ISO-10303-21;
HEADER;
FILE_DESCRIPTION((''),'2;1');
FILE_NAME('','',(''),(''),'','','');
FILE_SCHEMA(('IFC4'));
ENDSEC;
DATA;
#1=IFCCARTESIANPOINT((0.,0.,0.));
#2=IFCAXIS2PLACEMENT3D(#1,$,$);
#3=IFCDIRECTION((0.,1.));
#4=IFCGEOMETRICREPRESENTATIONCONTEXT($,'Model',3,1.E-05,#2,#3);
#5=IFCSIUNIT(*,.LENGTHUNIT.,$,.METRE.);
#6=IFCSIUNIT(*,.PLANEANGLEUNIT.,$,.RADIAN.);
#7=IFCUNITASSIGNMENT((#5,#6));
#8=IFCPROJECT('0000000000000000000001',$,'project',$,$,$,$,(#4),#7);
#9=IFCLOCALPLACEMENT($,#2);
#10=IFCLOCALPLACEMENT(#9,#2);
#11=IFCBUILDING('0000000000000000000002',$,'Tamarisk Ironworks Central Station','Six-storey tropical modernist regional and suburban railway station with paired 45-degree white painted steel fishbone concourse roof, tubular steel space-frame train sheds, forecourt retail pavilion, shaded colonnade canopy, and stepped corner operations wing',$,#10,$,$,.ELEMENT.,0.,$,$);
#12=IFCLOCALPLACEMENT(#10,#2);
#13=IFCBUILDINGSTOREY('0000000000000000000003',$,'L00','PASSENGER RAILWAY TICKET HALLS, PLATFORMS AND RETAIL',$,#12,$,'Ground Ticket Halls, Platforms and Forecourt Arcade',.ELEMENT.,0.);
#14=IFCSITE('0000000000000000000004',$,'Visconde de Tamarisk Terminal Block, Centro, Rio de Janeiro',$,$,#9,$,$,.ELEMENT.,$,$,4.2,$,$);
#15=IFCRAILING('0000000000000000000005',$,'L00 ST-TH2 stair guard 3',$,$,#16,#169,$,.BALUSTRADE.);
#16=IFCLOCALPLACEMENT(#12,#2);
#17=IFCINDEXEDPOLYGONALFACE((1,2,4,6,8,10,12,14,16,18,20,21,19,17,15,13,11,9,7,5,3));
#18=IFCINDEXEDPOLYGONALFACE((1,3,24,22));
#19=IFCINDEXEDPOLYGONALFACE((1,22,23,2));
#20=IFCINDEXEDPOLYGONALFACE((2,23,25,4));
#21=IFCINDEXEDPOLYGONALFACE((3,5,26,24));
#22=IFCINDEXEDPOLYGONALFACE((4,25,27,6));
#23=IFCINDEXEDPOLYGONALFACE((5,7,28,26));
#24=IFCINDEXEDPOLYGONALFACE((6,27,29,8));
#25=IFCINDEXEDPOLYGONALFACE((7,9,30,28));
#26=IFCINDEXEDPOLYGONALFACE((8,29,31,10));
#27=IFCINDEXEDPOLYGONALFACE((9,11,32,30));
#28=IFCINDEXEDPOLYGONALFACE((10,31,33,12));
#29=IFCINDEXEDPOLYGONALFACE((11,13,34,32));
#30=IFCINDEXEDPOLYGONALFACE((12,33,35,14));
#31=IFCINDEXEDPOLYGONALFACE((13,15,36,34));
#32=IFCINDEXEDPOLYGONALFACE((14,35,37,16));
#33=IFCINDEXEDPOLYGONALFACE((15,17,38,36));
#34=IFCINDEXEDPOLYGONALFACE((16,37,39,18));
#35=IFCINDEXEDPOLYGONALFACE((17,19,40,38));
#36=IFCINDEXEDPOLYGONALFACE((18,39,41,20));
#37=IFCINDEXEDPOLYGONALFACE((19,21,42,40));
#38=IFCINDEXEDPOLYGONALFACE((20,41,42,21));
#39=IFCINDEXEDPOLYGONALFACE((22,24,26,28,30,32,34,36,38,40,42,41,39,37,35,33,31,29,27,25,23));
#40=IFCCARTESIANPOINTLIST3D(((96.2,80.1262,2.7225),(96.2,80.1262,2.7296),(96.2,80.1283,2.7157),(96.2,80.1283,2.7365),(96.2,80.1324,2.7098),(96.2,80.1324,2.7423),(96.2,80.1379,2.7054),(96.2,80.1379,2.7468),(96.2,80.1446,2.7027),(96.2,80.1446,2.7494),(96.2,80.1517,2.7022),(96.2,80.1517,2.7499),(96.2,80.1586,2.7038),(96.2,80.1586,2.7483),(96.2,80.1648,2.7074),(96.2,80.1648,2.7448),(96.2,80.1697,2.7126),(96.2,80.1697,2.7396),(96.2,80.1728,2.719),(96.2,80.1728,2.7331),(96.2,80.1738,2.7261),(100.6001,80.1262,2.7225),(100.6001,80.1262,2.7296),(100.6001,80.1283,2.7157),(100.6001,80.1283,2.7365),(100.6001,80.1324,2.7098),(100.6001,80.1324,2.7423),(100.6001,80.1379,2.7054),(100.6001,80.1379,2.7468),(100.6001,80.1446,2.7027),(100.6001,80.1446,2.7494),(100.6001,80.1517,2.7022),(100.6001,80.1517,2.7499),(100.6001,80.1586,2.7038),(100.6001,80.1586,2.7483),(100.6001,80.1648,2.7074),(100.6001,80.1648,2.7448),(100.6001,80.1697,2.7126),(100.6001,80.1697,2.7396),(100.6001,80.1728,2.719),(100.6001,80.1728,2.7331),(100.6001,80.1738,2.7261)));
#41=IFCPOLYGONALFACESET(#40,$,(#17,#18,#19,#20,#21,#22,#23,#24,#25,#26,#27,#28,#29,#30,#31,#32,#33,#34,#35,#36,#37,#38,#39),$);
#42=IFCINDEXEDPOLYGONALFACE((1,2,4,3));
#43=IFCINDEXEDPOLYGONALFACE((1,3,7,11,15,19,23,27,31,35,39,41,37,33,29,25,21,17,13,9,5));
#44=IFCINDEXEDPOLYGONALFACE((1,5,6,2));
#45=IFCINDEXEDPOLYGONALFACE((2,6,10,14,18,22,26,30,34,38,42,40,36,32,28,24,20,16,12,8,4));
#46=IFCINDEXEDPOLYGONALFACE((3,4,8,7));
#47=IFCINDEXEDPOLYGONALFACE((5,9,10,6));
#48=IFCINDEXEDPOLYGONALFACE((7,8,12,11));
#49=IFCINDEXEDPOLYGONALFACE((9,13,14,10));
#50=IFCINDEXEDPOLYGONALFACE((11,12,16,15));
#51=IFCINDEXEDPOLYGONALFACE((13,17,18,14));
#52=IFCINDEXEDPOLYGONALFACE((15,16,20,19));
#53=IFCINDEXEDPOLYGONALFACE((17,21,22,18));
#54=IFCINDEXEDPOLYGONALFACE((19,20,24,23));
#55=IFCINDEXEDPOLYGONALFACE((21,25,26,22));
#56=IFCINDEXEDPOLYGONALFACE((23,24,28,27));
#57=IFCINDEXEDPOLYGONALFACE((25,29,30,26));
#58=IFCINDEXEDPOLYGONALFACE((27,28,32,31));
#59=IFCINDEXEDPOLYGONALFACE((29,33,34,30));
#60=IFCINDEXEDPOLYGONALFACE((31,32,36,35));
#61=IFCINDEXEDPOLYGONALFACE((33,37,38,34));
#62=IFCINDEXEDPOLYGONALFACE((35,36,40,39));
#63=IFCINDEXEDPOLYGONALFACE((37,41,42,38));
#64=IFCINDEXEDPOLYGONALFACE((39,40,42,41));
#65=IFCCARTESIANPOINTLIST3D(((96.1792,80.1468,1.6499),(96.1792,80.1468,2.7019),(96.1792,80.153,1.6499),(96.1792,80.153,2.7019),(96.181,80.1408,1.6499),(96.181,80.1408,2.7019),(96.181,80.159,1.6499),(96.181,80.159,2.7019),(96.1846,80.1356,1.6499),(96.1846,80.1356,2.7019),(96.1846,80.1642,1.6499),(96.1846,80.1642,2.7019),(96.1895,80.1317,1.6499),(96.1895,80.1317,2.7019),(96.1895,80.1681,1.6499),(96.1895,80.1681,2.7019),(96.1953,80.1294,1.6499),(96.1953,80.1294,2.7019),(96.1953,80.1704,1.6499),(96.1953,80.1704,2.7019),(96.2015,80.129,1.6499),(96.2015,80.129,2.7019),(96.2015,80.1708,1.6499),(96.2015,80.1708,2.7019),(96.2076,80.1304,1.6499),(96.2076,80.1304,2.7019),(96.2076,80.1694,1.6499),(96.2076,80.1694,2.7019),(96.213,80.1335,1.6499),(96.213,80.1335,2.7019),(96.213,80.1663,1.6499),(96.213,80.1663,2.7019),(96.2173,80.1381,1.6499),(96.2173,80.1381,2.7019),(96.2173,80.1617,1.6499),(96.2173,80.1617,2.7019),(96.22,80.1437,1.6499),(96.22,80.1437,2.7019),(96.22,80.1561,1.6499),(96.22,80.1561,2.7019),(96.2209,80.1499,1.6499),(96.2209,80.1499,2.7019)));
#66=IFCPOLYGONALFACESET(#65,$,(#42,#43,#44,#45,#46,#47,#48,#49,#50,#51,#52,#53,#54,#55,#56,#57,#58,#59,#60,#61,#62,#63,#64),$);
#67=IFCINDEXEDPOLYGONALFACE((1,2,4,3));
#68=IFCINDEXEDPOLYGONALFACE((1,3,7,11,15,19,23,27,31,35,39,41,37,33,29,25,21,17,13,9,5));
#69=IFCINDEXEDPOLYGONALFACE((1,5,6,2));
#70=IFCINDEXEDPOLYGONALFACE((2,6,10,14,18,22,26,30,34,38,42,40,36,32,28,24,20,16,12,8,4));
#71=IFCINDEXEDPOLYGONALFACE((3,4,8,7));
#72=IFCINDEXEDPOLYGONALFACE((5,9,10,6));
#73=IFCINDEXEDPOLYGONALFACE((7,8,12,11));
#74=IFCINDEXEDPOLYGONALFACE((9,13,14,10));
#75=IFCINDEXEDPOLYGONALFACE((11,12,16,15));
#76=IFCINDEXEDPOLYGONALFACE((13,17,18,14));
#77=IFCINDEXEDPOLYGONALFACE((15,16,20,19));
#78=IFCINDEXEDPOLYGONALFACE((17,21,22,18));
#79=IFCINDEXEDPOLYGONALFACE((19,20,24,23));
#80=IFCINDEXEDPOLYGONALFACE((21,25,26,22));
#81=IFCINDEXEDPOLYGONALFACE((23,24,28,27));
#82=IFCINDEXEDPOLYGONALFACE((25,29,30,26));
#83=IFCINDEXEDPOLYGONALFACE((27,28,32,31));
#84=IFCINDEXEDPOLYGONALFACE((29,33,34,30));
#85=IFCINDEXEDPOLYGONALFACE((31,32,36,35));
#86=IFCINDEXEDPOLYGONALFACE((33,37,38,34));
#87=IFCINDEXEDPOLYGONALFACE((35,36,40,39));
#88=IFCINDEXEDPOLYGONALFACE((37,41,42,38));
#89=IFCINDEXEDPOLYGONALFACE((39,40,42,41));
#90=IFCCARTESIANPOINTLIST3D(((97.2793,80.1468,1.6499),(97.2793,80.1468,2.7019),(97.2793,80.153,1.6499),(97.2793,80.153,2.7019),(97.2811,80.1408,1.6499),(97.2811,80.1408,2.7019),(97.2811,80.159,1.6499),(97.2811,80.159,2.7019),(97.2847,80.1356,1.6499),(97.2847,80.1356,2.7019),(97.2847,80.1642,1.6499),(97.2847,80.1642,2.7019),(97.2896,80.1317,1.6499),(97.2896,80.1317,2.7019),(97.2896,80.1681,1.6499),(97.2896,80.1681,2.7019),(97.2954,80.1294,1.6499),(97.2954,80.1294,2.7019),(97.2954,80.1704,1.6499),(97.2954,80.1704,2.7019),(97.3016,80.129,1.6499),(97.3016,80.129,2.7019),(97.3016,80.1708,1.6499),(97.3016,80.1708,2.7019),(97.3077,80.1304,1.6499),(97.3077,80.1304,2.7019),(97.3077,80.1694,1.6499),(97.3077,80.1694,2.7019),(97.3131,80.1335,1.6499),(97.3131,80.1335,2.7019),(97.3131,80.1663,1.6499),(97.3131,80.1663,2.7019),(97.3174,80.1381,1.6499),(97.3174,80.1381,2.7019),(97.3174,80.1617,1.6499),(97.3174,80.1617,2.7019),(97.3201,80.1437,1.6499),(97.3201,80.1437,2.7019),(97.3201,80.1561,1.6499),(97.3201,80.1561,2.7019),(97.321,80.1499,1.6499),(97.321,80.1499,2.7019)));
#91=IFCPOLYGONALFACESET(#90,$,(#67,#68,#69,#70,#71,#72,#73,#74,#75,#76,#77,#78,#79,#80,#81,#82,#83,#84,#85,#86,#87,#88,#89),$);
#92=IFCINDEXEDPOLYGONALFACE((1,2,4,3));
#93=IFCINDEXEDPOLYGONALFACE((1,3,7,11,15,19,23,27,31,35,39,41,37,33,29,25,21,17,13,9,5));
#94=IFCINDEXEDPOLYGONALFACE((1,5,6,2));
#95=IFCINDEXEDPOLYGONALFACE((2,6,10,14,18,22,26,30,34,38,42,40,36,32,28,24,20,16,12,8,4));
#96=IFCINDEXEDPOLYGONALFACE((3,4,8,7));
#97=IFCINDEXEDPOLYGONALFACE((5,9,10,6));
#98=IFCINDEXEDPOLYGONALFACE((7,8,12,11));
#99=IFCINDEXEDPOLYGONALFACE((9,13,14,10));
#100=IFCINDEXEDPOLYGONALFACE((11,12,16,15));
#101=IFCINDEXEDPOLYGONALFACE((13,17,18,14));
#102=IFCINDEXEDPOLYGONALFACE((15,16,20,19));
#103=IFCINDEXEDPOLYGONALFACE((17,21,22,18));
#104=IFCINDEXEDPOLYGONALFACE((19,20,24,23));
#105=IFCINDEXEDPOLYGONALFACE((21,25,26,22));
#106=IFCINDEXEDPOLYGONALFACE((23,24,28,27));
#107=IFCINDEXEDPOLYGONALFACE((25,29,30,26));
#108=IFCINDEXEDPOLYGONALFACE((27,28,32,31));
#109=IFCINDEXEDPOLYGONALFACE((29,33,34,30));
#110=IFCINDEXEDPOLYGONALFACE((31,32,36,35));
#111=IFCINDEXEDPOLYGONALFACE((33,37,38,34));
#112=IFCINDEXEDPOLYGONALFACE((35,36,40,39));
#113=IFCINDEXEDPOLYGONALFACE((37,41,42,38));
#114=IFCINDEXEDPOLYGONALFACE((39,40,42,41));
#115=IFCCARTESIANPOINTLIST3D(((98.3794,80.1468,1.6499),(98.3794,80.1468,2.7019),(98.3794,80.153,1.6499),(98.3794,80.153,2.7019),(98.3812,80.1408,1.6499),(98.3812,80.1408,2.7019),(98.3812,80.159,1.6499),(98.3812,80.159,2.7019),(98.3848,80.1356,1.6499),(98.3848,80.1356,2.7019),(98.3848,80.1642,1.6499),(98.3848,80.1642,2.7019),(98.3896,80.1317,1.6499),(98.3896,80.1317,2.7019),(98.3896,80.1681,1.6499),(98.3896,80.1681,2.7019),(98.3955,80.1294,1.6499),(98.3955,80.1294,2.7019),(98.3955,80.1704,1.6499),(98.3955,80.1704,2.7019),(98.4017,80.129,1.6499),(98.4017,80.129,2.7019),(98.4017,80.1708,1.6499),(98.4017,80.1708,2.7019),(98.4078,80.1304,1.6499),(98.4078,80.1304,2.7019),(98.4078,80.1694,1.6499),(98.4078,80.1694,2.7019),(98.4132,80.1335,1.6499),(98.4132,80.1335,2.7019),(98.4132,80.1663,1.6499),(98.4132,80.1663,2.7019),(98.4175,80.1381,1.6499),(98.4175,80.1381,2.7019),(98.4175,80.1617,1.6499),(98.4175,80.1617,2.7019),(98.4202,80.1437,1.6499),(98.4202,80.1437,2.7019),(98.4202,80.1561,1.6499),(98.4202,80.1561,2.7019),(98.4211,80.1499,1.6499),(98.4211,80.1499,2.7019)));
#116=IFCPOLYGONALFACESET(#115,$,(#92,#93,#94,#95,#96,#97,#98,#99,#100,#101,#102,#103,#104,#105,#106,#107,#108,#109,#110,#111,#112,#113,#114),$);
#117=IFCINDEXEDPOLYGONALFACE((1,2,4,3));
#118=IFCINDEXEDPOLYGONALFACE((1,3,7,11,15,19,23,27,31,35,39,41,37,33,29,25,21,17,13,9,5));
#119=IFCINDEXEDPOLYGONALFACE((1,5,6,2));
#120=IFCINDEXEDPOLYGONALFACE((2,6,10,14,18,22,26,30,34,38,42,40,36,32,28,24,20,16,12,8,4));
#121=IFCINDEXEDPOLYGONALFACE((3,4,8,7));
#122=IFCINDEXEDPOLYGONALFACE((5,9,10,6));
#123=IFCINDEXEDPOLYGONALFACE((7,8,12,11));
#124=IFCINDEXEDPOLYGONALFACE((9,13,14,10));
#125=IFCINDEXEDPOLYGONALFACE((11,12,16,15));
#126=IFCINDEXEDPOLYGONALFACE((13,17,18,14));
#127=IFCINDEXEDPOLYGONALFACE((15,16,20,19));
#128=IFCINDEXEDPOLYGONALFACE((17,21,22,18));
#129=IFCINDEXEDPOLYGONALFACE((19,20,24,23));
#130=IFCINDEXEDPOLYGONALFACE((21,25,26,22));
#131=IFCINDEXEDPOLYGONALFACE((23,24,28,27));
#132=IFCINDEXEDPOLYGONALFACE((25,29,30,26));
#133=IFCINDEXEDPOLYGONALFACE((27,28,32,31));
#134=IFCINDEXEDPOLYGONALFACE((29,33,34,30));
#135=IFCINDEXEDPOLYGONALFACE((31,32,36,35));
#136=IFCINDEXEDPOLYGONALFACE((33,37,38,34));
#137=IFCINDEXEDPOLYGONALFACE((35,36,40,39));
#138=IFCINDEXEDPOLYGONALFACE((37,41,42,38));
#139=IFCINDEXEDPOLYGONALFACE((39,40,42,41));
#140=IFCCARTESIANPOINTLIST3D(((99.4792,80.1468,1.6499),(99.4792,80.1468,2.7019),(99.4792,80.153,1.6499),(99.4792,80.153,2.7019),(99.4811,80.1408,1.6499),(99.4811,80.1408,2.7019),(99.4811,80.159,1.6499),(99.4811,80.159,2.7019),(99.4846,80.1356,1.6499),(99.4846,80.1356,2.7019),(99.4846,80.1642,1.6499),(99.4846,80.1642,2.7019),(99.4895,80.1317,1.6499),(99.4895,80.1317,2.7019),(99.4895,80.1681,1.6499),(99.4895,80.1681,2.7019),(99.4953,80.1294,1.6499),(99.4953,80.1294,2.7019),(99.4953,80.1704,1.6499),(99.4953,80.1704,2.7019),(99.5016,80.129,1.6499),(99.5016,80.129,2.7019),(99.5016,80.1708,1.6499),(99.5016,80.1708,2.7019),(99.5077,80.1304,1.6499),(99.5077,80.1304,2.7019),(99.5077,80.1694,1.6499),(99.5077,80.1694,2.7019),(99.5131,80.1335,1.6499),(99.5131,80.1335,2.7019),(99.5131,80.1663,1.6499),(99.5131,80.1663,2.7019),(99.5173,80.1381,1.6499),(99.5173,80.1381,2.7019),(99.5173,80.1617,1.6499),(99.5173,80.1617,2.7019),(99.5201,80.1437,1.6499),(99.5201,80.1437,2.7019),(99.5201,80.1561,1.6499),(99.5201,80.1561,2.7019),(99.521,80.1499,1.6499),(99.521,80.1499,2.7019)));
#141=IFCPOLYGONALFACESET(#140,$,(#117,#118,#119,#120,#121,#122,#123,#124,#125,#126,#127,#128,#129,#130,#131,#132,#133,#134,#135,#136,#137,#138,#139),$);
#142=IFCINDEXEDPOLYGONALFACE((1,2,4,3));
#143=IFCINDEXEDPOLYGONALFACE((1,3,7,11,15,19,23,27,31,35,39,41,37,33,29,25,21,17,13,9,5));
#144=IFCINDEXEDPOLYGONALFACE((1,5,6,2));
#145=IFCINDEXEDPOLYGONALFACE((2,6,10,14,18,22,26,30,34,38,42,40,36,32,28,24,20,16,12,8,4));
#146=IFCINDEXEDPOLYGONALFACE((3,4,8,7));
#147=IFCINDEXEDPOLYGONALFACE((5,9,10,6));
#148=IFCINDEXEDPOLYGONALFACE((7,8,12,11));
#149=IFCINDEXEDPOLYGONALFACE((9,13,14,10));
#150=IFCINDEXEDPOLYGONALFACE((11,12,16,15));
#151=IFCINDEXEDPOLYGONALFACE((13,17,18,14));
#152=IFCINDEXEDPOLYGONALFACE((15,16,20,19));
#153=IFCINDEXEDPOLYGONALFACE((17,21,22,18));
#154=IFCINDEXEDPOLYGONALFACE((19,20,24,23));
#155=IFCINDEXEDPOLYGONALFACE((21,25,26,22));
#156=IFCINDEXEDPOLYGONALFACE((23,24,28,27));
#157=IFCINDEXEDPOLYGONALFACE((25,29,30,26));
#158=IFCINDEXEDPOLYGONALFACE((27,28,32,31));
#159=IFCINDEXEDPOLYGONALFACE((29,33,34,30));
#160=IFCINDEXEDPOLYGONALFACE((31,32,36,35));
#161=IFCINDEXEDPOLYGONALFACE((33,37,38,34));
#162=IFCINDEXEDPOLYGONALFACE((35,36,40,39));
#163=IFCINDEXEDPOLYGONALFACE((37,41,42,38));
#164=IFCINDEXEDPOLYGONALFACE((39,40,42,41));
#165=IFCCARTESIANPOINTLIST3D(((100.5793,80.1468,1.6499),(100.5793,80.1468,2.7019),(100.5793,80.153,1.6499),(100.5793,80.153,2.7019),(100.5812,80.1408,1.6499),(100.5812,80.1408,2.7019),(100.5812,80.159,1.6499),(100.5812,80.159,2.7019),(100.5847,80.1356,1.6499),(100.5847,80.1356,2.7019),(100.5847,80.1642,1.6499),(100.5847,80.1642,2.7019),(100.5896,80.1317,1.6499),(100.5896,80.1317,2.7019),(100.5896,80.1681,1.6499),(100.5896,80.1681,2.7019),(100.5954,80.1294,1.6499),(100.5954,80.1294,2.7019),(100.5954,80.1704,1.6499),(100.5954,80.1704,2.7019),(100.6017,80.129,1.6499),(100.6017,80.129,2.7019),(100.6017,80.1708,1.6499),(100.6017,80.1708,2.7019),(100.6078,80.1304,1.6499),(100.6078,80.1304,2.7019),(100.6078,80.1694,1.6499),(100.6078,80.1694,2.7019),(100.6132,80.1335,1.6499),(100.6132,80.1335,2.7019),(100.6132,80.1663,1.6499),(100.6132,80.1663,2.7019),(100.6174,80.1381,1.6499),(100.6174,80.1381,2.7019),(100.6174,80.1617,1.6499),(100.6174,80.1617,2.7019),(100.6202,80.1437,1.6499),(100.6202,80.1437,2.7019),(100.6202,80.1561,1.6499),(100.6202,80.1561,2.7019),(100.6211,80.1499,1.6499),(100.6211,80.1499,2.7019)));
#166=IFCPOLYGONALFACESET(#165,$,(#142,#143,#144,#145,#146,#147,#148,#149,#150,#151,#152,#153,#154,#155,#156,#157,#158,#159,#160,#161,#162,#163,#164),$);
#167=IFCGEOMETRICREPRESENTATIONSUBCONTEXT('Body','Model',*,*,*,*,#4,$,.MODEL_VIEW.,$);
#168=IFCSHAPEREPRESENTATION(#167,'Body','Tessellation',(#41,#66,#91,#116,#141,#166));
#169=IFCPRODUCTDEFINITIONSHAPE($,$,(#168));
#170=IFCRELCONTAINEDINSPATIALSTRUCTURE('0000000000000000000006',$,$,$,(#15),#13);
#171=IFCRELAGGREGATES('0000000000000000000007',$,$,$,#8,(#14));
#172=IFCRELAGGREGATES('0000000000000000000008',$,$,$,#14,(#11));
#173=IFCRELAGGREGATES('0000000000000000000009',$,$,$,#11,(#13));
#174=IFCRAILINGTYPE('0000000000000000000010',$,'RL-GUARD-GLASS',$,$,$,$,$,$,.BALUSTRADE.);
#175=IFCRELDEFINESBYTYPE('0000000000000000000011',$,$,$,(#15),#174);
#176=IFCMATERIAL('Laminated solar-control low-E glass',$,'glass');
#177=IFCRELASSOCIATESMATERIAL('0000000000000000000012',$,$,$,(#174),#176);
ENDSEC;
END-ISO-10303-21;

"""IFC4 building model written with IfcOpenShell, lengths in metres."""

from ifc_helpers import new_model, si_unit, direction, frame, origin, origin_2d, place, context, subcontext, project, spatial, circle, extrude, material, type_object, element, save


model = new_model("IFC4")

# Units and contexts
model_context = context("Model", 3, precision=1e-05, world=origin(), true_north=direction((0.0, 1.0)))
body_context = subcontext(model_context, "Body", "Model", "MODEL_VIEW")
ifc_project = project(units=[si_unit("LENGTHUNIT", "METRE"), si_unit("PLANEANGLEUNIT", "RADIAN")], contexts=[model_context])

# Site, building, storey
site_placement = place(None, origin())
site = spatial("IfcSite", under=ifc_project, at=site_placement, Name="Visconde de Tamarisk Terminal Block, Centro, Rio de Janeiro", CompositionType="ELEMENT", RefElevation=4.2)
building_placement = place(site_placement, origin())
building = spatial("IfcBuilding", under=site, at=building_placement, Name="Tamarisk Ironworks Central Station", Description="Six-storey tropical modernist regional and suburban railway station with paired 45-degree white painted steel fishbone concourse roof, tubular steel space-frame train sheds, forecourt retail pavilion, shaded colonnade canopy, and stepped corner operations wing", CompositionType="ELEMENT", ElevationOfRefHeight=0.0)
storey_placement = place(building_placement, origin())
storey = spatial("IfcBuildingStorey", under=building, at=storey_placement, Name="L00", Description="PASSENGER RAILWAY TICKET HALLS, PLATFORMS AND RETAIL", LongName="Ground Ticket Halls, Platforms and Forecourt Arcade", CompositionType="ELEMENT", Elevation=0.0)

# Railing
ifc_material_1 = material(Name="Laminated solar-control low-E glass", Category="glass")
railing_type_1 = type_object("IfcRailingType", Name="RL-GUARD-GLASS", PredefinedType="BALUSTRADE", material=ifc_material_1)
for number, where, name in (
    (1, (96.2, 80.1499, 1.6499), "L00 ST-TH2 stair guard 3"),
):
    element("IfcRailing", number, at=place(storey_placement, frame(where)), inside=storey, type_object=railing_type_1, Name=name, PredefinedType="BALUSTRADE", context=body_context, shape_type="SweptSolid", body=[
        extrude(circle(Radius=0.0239, at=origin_2d()), frame((0.0, 0.0, 1.0762), z_axis=(1.0, 0.0, 0.0), x_axis=(0.0, 1.0, 0.0)), (0.0, 0.0, 1.0), 4.4001),
        extrude(circle(Radius=0.021, at=origin_2d()), origin(), (0.0, 0.0, 1.0), 1.052),
        extrude(circle(Radius=0.021, at=origin_2d()), frame((1.1001, 0.0, 0.0)), (0.0, 0.0, 1.0), 1.052),
        extrude(circle(Radius=0.021, at=origin_2d()), frame((2.2002, 0.0, 0.0)), (0.0, 0.0, 1.0), 1.052),
        extrude(circle(Radius=0.021, at=origin_2d()), frame((3.3, 0.0, 0.0)), (0.0, 0.0, 1.0), 1.052),
        extrude(circle(Radius=0.021, at=origin_2d()), frame((4.4001, 0.0, 0.0)), (0.0, 0.0, 1.0), 1.052),
    ])

save(model, "model.ifc")
